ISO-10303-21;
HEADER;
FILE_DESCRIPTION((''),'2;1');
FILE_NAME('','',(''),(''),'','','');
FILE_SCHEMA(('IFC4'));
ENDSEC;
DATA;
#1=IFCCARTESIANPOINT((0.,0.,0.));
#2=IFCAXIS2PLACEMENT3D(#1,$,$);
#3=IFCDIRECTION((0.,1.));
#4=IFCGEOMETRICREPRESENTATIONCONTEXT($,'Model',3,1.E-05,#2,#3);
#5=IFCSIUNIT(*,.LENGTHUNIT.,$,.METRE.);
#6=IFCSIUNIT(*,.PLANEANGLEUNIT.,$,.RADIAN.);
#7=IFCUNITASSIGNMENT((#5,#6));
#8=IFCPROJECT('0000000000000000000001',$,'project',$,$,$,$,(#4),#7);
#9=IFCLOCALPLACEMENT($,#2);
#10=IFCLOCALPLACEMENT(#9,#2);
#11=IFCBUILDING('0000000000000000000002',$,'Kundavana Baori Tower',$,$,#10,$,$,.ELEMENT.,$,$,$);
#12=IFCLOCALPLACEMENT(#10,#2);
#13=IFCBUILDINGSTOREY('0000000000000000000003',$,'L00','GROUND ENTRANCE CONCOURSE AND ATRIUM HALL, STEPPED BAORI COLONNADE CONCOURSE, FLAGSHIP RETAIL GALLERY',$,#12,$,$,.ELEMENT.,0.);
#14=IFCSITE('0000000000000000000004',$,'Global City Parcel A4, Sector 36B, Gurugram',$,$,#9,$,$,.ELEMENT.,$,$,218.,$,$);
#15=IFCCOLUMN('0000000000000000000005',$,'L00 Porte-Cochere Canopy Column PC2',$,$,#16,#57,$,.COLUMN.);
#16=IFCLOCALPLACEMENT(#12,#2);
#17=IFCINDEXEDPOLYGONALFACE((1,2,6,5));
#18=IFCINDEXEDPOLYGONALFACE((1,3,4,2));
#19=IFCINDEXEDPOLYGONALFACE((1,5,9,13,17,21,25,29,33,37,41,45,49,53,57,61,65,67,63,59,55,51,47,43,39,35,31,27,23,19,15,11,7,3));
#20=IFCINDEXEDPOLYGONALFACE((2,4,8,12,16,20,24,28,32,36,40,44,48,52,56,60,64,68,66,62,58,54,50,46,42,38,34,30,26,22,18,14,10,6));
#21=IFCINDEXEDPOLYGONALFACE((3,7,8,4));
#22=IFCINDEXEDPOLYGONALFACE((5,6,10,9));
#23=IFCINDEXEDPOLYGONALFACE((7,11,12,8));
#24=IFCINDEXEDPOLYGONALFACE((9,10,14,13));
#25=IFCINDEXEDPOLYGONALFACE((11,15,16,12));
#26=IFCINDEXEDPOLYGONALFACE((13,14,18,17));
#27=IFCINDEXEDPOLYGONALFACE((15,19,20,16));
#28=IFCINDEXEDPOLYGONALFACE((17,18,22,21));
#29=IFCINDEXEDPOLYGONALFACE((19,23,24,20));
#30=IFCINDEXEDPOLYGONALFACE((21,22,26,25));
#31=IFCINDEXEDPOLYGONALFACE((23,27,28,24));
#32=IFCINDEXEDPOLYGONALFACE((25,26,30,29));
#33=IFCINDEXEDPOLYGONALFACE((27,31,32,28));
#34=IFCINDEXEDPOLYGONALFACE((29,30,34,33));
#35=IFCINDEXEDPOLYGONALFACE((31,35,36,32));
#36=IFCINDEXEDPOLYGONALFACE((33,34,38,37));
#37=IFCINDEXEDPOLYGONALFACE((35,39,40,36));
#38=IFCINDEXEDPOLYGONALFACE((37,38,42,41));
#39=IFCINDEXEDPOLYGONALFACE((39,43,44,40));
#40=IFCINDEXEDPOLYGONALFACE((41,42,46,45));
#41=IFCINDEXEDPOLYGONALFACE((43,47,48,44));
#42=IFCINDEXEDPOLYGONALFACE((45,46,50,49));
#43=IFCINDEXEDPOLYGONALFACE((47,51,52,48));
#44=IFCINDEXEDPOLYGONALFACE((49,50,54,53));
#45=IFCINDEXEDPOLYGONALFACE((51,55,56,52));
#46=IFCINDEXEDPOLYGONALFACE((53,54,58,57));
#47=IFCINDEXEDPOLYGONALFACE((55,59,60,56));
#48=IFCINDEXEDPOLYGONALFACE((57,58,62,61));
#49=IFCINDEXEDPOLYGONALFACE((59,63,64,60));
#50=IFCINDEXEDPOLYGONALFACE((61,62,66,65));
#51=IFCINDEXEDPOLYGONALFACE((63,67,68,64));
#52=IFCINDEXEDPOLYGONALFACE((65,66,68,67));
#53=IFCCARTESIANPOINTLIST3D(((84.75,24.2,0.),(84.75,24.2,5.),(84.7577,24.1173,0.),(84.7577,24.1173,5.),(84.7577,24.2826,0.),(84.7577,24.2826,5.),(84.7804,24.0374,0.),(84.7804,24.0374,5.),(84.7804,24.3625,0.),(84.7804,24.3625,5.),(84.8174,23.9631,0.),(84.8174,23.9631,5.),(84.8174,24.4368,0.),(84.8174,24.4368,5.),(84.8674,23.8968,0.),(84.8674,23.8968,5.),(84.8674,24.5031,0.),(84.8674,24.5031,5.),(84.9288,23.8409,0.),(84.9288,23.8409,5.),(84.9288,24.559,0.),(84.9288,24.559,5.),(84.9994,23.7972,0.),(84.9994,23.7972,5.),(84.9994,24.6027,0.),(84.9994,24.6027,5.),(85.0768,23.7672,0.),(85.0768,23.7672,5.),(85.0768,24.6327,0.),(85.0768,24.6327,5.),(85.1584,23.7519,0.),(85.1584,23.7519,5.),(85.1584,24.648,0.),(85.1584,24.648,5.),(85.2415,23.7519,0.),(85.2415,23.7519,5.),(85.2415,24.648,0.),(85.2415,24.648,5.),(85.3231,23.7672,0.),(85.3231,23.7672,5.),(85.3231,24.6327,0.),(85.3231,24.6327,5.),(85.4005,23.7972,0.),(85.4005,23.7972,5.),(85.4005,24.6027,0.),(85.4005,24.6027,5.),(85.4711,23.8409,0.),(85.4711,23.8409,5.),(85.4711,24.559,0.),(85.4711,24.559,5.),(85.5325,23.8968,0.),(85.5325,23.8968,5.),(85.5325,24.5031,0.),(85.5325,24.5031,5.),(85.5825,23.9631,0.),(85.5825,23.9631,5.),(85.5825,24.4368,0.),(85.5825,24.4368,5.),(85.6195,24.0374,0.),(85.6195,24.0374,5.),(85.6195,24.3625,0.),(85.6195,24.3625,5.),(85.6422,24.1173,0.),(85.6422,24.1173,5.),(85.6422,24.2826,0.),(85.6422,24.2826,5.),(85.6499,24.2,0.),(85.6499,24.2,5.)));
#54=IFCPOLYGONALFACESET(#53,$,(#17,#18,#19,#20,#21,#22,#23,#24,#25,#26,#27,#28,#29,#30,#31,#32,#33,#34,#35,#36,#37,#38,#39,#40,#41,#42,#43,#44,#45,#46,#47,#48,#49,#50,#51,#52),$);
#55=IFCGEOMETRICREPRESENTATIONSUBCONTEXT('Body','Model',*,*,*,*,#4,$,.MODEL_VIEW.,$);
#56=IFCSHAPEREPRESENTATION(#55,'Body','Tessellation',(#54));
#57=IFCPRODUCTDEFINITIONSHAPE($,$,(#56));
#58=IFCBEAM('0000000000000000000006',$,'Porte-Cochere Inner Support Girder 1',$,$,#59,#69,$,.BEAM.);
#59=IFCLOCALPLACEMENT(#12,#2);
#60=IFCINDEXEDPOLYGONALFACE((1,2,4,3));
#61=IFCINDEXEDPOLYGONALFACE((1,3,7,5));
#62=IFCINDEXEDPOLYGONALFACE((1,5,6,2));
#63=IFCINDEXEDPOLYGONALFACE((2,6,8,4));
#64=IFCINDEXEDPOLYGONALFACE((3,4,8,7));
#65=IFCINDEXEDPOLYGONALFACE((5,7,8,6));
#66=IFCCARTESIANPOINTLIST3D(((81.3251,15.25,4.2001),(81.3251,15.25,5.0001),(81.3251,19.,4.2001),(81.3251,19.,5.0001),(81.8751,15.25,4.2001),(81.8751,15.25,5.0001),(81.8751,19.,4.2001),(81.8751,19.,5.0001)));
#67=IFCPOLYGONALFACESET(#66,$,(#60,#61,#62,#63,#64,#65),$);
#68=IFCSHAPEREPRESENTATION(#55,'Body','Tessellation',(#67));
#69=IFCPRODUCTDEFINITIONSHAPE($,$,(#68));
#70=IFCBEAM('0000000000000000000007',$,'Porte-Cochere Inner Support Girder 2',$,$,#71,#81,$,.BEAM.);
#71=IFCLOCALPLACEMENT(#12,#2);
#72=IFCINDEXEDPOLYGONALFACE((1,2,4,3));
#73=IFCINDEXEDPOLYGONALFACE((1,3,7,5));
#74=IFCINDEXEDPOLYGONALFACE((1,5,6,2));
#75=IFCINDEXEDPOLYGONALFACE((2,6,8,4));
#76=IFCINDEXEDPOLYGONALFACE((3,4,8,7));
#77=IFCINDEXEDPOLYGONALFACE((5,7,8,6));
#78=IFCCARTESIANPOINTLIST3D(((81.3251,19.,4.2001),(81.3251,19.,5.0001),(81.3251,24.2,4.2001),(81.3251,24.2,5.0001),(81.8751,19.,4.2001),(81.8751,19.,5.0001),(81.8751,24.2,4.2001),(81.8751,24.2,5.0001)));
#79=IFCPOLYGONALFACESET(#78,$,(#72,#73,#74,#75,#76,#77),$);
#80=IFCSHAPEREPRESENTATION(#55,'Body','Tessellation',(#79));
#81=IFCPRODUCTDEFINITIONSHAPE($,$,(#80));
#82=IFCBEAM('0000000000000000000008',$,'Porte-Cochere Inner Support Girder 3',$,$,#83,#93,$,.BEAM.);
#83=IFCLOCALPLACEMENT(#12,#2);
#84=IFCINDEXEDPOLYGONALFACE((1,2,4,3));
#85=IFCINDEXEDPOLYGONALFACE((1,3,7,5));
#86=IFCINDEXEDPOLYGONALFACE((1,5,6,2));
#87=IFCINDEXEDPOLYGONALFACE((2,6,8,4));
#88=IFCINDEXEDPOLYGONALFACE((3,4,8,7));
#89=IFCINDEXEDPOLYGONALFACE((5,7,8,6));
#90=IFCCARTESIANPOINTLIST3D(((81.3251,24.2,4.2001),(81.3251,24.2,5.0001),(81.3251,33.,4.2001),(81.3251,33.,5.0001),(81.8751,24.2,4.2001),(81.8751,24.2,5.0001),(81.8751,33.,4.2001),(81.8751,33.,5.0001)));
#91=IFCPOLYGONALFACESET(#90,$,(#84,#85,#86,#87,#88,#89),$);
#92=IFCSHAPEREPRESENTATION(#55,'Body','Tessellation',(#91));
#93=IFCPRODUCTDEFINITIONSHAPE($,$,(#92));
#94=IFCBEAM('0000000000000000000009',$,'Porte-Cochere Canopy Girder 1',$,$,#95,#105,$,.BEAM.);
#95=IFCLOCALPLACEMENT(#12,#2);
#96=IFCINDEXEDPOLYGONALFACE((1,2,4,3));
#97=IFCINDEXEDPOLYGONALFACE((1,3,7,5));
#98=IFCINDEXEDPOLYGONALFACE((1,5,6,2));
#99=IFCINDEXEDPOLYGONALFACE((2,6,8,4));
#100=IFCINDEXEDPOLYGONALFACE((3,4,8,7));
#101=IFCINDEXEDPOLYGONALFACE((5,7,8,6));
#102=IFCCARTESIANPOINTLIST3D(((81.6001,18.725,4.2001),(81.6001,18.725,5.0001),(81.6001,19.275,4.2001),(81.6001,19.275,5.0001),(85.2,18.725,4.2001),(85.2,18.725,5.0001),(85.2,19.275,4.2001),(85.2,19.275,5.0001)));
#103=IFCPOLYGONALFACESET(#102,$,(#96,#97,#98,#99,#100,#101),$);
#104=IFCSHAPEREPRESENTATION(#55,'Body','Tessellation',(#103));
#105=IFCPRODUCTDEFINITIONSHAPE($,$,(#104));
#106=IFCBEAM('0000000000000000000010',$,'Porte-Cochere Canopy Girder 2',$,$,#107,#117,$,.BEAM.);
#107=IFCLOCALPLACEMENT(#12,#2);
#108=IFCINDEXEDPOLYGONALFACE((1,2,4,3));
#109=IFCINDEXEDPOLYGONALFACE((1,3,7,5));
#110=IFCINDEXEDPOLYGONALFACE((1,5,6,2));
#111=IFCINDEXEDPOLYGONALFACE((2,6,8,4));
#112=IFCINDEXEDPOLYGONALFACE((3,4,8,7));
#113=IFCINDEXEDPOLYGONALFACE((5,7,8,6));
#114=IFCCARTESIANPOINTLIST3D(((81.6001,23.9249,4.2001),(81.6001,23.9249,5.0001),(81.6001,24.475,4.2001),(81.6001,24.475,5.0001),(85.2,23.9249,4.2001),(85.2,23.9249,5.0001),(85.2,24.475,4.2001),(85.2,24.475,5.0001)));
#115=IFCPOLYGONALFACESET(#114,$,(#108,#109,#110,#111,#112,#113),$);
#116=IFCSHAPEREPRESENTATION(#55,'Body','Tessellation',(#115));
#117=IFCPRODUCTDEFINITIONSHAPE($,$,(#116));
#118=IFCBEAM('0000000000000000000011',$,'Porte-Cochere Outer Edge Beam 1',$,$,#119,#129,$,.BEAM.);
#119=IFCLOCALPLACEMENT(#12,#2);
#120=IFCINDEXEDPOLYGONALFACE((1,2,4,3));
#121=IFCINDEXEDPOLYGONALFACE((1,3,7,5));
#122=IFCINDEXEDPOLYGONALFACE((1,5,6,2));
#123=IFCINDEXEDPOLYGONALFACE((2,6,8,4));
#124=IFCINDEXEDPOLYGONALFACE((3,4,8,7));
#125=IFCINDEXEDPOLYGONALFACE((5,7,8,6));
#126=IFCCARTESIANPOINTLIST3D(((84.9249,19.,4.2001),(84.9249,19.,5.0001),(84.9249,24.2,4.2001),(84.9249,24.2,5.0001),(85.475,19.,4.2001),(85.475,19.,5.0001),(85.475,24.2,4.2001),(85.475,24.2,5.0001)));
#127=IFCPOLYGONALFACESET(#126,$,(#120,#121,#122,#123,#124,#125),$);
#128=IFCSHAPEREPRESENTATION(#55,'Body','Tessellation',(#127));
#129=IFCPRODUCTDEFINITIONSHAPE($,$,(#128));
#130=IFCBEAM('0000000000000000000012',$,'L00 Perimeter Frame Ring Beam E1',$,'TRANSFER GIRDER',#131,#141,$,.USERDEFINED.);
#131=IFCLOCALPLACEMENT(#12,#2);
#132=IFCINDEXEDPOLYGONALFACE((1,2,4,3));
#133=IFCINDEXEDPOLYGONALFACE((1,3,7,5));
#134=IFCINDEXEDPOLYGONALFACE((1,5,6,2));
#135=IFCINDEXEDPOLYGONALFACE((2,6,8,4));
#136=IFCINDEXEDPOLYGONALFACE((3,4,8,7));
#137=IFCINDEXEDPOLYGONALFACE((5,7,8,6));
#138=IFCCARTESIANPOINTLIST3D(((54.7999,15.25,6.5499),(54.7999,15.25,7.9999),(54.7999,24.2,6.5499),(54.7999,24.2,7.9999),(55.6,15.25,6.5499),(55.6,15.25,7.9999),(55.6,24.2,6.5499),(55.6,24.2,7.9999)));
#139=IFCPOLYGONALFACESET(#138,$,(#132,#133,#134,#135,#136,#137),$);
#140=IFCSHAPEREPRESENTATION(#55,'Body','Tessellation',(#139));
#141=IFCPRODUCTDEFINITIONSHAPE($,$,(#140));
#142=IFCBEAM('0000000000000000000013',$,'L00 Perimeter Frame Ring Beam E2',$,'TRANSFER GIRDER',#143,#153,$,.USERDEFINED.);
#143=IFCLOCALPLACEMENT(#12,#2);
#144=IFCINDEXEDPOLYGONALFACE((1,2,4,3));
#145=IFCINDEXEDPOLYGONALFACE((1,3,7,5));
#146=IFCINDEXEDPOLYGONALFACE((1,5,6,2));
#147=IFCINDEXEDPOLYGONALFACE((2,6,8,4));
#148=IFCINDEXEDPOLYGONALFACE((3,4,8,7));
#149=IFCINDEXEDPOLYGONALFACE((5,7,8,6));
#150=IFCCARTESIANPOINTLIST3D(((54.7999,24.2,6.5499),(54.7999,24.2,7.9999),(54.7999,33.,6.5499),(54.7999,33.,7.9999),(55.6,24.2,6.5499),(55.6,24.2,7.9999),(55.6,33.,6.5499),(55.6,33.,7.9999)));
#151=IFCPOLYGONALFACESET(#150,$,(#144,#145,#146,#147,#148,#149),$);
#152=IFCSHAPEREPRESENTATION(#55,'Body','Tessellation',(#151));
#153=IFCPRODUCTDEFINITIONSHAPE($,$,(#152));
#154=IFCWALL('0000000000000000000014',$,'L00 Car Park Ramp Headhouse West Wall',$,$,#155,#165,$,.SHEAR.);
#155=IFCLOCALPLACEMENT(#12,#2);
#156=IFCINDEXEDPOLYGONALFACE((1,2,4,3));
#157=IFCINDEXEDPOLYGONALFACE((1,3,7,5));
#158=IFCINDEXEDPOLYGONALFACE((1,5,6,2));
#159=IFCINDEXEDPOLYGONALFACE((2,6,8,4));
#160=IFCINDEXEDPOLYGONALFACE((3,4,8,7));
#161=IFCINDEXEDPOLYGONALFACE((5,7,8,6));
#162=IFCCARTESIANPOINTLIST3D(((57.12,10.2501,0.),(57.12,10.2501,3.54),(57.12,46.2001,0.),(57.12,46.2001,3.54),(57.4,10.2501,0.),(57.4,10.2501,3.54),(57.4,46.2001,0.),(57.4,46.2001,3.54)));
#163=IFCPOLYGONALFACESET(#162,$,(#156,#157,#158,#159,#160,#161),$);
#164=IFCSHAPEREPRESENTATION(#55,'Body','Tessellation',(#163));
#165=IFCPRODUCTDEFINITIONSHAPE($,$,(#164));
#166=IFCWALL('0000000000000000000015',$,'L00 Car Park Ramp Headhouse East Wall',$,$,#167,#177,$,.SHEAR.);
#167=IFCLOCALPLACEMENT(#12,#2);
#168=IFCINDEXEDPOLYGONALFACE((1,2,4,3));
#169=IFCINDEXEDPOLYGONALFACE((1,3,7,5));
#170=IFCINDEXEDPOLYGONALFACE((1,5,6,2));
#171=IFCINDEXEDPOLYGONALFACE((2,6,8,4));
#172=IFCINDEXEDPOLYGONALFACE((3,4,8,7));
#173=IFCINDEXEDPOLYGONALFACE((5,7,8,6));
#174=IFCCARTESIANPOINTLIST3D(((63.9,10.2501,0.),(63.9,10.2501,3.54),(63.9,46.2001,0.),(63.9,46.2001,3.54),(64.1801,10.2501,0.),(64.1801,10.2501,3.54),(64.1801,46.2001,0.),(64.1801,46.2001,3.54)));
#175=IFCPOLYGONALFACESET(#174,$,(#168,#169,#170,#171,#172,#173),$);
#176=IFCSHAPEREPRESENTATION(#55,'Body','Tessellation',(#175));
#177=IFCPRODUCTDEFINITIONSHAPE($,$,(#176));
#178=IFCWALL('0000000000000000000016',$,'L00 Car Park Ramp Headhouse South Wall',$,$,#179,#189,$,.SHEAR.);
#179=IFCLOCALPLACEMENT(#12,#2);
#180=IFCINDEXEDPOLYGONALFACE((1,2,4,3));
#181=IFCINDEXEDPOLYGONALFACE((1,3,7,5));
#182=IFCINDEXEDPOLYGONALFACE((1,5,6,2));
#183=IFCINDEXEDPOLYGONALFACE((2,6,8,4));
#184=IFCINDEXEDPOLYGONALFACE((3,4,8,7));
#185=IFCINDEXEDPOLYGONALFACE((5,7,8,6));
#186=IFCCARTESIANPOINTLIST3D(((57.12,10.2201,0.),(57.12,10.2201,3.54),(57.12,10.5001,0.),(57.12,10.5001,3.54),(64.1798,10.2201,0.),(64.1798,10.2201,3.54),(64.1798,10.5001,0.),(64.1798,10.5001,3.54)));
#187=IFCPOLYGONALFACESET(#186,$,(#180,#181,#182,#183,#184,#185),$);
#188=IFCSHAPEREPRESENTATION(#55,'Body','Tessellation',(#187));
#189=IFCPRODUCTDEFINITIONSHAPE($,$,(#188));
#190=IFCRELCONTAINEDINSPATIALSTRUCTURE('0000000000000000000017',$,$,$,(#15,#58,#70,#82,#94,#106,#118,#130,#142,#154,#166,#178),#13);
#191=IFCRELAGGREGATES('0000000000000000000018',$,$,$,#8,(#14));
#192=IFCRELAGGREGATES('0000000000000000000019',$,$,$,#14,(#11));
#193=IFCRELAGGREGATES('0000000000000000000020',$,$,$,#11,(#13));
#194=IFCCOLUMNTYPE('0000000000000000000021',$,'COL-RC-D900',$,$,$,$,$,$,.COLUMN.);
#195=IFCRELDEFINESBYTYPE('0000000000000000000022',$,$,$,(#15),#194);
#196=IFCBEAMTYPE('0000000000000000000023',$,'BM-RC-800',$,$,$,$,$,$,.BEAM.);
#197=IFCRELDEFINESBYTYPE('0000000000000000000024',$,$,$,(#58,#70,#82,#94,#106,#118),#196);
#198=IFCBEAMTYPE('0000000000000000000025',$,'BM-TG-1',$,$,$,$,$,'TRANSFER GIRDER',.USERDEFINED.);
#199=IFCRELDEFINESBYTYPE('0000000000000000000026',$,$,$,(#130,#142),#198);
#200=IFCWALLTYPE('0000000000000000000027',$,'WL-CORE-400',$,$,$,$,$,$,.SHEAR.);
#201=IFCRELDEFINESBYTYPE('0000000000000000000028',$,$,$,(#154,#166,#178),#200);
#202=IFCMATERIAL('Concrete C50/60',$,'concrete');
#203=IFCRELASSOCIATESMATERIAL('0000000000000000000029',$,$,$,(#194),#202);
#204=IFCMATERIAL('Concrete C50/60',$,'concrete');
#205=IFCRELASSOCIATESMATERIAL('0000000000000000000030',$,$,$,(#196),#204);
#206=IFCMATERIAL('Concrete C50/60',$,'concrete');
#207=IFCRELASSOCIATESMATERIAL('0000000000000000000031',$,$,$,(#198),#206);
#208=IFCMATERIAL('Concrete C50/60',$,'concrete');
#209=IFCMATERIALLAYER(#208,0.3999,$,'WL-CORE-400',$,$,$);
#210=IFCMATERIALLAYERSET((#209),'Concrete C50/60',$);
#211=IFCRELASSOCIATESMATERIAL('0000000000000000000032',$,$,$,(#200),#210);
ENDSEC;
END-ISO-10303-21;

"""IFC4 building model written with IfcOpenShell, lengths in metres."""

from ifc_helpers import new_model, si_unit, direction, frame, frame_2d, origin, origin_2d, place, context, subcontext, project, spatial, rectangle, circle, extrude, material, layer, layer_set, material_profile, profile_set, type_object, element, save


model = new_model("IFC4")

# Units and contexts
model_context = context("Model", 3, precision=1e-05, world=origin(), true_north=direction((0.0, 1.0)))
body_context = subcontext(model_context, "Body", "Model", "MODEL_VIEW")
ifc_project = project(units=[si_unit("LENGTHUNIT", "METRE"), si_unit("PLANEANGLEUNIT", "RADIAN")], contexts=[model_context])

# Site, building, storey
site_placement = place(None, origin())
site = spatial("IfcSite", under=ifc_project, at=site_placement, Name="Global City Parcel A4, Sector 36B, Gurugram", CompositionType="ELEMENT", RefElevation=218.0)
building_placement = place(site_placement, origin())
building = spatial("IfcBuilding", under=site, at=building_placement, Name="Kundavana Baori Tower", CompositionType="ELEMENT")
storey_placement = place(building_placement, origin())
storey = spatial("IfcBuildingStorey", under=building, at=storey_placement, Name="L00", Description="GROUND ENTRANCE CONCOURSE AND ATRIUM HALL, STEPPED BAORI COLONNADE CONCOURSE, FLAGSHIP RETAIL GALLERY", CompositionType="ELEMENT", Elevation=0.0)

# Column
ifc_material_1 = material(Name="Concrete C50/60", Category="concrete")
ifc_material_profile_1 = material_profile(ifc_material_1, circle(Radius=0.45, at=origin_2d()), Name="RC D900")
ifc_profile_set_1 = profile_set([ifc_material_profile_1], Name="Concrete C50/60")
column_type_1 = type_object("IfcColumnType", Name="COL-RC-D900", PredefinedType="COLUMN", material=ifc_profile_set_1)
for number, where, z_axis, x_axis, name in (
    (1, (85.2, 24.2, 0.0), (0.0, 0.0, 1.0), (1.0, 0.0, 0.0), "L00 Porte-Cochere Canopy Column PC2"),
):
    element("IfcColumn", number, at=place(storey_placement, frame(where, z_axis=z_axis, x_axis=x_axis)), inside=storey, type_object=column_type_1, Name=name, PredefinedType="COLUMN", context=body_context, shape_type="SweptSolid", body=[
        extrude(circle(Radius=0.45, at=origin_2d()), origin(), (0.0, 0.0, 1.0), 5.0),
    ])

# Beams
ifc_material_2 = material(Name="Concrete C50/60", Category="concrete")
ifc_material_profile_2 = material_profile(ifc_material_2, rectangle(XDim=0.55, YDim=0.8, at=origin_2d()), Name="RC BM 550x800")
ifc_profile_set_2 = profile_set([ifc_material_profile_2], Name="Concrete C50/60")
beam_type_1 = type_object("IfcBeamType", Name="BM-RC-800", PredefinedType="BEAM", material=ifc_profile_set_2)
beam_1_placement = place(storey_placement, frame((81.6001, 15.25, 4.6001), z_axis=(0.0, 1.0, 0.0), x_axis=(-1.0, 0.0, 0.0)))
element("IfcBeam", 2, at=beam_1_placement, inside=storey, type_object=beam_type_1, Name="Porte-Cochere Inner Support Girder 1", PredefinedType="BEAM", context=body_context, shape_type="SweptSolid", body=[
    extrude(rectangle(XDim=0.55, YDim=0.8, at=origin_2d()), origin(), (0.0, 0.0, 1.0), 3.75),
])
beam_2_placement = place(storey_placement, frame((81.6001, 19.0, 4.6001), z_axis=(0.0, 1.0, 0.0), x_axis=(-1.0, 0.0, 0.0)))
element("IfcBeam", 3, at=beam_2_placement, inside=storey, type_object=beam_type_1, Name="Porte-Cochere Inner Support Girder 2", PredefinedType="BEAM", context=body_context, shape_type="SweptSolid", body=[
    extrude(rectangle(XDim=0.55, YDim=0.8, at=origin_2d()), origin(), (0.0, 0.0, 1.0), 5.2),
])
beam_3_placement = place(storey_placement, frame((81.6001, 24.2, 4.6001), z_axis=(0.0, 1.0, 0.0), x_axis=(-1.0, 0.0, 0.0)))
element("IfcBeam", 4, at=beam_3_placement, inside=storey, type_object=beam_type_1, Name="Porte-Cochere Inner Support Girder 3", PredefinedType="BEAM", context=body_context, shape_type="SweptSolid", body=[
    extrude(rectangle(XDim=0.55, YDim=0.8, at=origin_2d()), origin(), (0.0, 0.0, 1.0), 8.8),
])
for number, where, z_axis, x_axis, name in (
    (5, (81.6001, 19.0, 4.6001), (1.0, 0.0, 0.0), (0.0, 1.0, 0.0), "Porte-Cochere Canopy Girder 1"),
    (6, (81.6001, 24.2, 4.6001), (1.0, 0.0, 0.0), (0.0, 1.0, 0.0), "Porte-Cochere Canopy Girder 2"),
):
    element("IfcBeam", number, at=place(storey_placement, frame(where, z_axis=z_axis, x_axis=x_axis)), inside=storey, type_object=beam_type_1, Name=name, PredefinedType="BEAM", context=body_context, shape_type="SweptSolid", body=[
        extrude(rectangle(XDim=0.55, YDim=0.8, at=origin_2d()), origin(), (0.0, 0.0, 1.0), 3.5999),
    ])
beam_4_placement = place(storey_placement, frame((85.2, 19.0, 4.6001), z_axis=(0.0, 1.0, 0.0), x_axis=(-1.0, 0.0, 0.0)))
element("IfcBeam", 7, at=beam_4_placement, inside=storey, type_object=beam_type_1, Name="Porte-Cochere Outer Edge Beam 1", PredefinedType="BEAM", context=body_context, shape_type="SweptSolid", body=[
    extrude(rectangle(XDim=0.55, YDim=0.8, at=origin_2d()), origin(), (0.0, 0.0, 1.0), 5.2),
])
ifc_material_3 = material(Name="Concrete C50/60", Category="concrete")
ifc_material_profile_3 = material_profile(ifc_material_3, rectangle(XDim=0.8, YDim=1.45, at=origin_2d()), Name="BM-TG-1")
ifc_profile_set_3 = profile_set([ifc_material_profile_3], Name="Concrete C50/60")
beam_type_2 = type_object("IfcBeamType", Name="BM-TG-1", ElementType="TRANSFER GIRDER", PredefinedType="USERDEFINED", material=ifc_profile_set_3)
beam_5_placement = place(storey_placement, frame((55.2, 15.25, 7.2749), z_axis=(0.0, 1.0, 0.0), x_axis=(-1.0, 0.0, 0.0)))
element("IfcBeam", 8, at=beam_5_placement, inside=storey, type_object=beam_type_2, Name="L00 Perimeter Frame Ring Beam E1", ObjectType="TRANSFER GIRDER", PredefinedType="USERDEFINED", context=body_context, shape_type="SweptSolid", body=[
    extrude(rectangle(XDim=0.8, YDim=1.45, at=origin_2d()), origin(), (0.0, 0.0, 1.0), 8.95),
])
beam_6_placement = place(storey_placement, frame((55.2, 24.2, 7.2749), z_axis=(0.0, 1.0, 0.0), x_axis=(-1.0, 0.0, 0.0)))
element("IfcBeam", 9, at=beam_6_placement, inside=storey, type_object=beam_type_2, Name="L00 Perimeter Frame Ring Beam E2", ObjectType="TRANSFER GIRDER", PredefinedType="USERDEFINED", context=body_context, shape_type="SweptSolid", body=[
    extrude(rectangle(XDim=0.8, YDim=1.45, at=origin_2d()), origin(), (0.0, 0.0, 1.0), 8.8),
])

# Walls
ifc_material_4 = material(Name="Concrete C50/60", Category="concrete")
ifc_layer_1 = layer(ifc_material_4, 0.3999, Name="WL-CORE-400")
ifc_layer_set_1 = layer_set([ifc_layer_1], Name="Concrete C50/60")
wall_type_1 = type_object("IfcWallType", Name="WL-CORE-400", PredefinedType="SHEAR", material=ifc_layer_set_1)
for number, where, z_axis, x_axis, name in (
    (10, (57.26, 10.25, 0.0), (0.0, 0.0, 1.0), (0.0, 1.0, 0.0), "L00 Car Park Ramp Headhouse West Wall"),
    (11, (64.04, 10.25, 0.0), (0.0, 0.0, 1.0), (0.0, 1.0, 0.0), "L00 Car Park Ramp Headhouse East Wall"),
):
    element("IfcWall", number, at=place(storey_placement, frame(where, z_axis=z_axis, x_axis=x_axis)), inside=storey, type_object=wall_type_1, Name=name, PredefinedType="SHEAR", context=body_context, shape_type="SweptSolid", body=[
        extrude(rectangle(XDim=35.95, YDim=0.28, at=frame_2d((17.9751, 0.0))), origin(), (0.0, 0.0, 1.0), 3.54),
    ])
wall_1_placement = place(storey_placement, frame((57.1201, 10.3601, 0.0), z_axis=(0.0, 0.0, 1.0), x_axis=(1.0, 0.0, 0.0)))
element("IfcWall", 12, at=wall_1_placement, inside=storey, type_object=wall_type_1, Name="L00 Car Park Ramp Headhouse South Wall", PredefinedType="SHEAR", context=body_context, shape_type="SweptSolid", body=[
    extrude(rectangle(XDim=7.0598, YDim=0.28, at=frame_2d((3.5298, 0.0))), origin(), (0.0, 0.0, 1.0), 3.54),
])

save(model, "model.ifc")
